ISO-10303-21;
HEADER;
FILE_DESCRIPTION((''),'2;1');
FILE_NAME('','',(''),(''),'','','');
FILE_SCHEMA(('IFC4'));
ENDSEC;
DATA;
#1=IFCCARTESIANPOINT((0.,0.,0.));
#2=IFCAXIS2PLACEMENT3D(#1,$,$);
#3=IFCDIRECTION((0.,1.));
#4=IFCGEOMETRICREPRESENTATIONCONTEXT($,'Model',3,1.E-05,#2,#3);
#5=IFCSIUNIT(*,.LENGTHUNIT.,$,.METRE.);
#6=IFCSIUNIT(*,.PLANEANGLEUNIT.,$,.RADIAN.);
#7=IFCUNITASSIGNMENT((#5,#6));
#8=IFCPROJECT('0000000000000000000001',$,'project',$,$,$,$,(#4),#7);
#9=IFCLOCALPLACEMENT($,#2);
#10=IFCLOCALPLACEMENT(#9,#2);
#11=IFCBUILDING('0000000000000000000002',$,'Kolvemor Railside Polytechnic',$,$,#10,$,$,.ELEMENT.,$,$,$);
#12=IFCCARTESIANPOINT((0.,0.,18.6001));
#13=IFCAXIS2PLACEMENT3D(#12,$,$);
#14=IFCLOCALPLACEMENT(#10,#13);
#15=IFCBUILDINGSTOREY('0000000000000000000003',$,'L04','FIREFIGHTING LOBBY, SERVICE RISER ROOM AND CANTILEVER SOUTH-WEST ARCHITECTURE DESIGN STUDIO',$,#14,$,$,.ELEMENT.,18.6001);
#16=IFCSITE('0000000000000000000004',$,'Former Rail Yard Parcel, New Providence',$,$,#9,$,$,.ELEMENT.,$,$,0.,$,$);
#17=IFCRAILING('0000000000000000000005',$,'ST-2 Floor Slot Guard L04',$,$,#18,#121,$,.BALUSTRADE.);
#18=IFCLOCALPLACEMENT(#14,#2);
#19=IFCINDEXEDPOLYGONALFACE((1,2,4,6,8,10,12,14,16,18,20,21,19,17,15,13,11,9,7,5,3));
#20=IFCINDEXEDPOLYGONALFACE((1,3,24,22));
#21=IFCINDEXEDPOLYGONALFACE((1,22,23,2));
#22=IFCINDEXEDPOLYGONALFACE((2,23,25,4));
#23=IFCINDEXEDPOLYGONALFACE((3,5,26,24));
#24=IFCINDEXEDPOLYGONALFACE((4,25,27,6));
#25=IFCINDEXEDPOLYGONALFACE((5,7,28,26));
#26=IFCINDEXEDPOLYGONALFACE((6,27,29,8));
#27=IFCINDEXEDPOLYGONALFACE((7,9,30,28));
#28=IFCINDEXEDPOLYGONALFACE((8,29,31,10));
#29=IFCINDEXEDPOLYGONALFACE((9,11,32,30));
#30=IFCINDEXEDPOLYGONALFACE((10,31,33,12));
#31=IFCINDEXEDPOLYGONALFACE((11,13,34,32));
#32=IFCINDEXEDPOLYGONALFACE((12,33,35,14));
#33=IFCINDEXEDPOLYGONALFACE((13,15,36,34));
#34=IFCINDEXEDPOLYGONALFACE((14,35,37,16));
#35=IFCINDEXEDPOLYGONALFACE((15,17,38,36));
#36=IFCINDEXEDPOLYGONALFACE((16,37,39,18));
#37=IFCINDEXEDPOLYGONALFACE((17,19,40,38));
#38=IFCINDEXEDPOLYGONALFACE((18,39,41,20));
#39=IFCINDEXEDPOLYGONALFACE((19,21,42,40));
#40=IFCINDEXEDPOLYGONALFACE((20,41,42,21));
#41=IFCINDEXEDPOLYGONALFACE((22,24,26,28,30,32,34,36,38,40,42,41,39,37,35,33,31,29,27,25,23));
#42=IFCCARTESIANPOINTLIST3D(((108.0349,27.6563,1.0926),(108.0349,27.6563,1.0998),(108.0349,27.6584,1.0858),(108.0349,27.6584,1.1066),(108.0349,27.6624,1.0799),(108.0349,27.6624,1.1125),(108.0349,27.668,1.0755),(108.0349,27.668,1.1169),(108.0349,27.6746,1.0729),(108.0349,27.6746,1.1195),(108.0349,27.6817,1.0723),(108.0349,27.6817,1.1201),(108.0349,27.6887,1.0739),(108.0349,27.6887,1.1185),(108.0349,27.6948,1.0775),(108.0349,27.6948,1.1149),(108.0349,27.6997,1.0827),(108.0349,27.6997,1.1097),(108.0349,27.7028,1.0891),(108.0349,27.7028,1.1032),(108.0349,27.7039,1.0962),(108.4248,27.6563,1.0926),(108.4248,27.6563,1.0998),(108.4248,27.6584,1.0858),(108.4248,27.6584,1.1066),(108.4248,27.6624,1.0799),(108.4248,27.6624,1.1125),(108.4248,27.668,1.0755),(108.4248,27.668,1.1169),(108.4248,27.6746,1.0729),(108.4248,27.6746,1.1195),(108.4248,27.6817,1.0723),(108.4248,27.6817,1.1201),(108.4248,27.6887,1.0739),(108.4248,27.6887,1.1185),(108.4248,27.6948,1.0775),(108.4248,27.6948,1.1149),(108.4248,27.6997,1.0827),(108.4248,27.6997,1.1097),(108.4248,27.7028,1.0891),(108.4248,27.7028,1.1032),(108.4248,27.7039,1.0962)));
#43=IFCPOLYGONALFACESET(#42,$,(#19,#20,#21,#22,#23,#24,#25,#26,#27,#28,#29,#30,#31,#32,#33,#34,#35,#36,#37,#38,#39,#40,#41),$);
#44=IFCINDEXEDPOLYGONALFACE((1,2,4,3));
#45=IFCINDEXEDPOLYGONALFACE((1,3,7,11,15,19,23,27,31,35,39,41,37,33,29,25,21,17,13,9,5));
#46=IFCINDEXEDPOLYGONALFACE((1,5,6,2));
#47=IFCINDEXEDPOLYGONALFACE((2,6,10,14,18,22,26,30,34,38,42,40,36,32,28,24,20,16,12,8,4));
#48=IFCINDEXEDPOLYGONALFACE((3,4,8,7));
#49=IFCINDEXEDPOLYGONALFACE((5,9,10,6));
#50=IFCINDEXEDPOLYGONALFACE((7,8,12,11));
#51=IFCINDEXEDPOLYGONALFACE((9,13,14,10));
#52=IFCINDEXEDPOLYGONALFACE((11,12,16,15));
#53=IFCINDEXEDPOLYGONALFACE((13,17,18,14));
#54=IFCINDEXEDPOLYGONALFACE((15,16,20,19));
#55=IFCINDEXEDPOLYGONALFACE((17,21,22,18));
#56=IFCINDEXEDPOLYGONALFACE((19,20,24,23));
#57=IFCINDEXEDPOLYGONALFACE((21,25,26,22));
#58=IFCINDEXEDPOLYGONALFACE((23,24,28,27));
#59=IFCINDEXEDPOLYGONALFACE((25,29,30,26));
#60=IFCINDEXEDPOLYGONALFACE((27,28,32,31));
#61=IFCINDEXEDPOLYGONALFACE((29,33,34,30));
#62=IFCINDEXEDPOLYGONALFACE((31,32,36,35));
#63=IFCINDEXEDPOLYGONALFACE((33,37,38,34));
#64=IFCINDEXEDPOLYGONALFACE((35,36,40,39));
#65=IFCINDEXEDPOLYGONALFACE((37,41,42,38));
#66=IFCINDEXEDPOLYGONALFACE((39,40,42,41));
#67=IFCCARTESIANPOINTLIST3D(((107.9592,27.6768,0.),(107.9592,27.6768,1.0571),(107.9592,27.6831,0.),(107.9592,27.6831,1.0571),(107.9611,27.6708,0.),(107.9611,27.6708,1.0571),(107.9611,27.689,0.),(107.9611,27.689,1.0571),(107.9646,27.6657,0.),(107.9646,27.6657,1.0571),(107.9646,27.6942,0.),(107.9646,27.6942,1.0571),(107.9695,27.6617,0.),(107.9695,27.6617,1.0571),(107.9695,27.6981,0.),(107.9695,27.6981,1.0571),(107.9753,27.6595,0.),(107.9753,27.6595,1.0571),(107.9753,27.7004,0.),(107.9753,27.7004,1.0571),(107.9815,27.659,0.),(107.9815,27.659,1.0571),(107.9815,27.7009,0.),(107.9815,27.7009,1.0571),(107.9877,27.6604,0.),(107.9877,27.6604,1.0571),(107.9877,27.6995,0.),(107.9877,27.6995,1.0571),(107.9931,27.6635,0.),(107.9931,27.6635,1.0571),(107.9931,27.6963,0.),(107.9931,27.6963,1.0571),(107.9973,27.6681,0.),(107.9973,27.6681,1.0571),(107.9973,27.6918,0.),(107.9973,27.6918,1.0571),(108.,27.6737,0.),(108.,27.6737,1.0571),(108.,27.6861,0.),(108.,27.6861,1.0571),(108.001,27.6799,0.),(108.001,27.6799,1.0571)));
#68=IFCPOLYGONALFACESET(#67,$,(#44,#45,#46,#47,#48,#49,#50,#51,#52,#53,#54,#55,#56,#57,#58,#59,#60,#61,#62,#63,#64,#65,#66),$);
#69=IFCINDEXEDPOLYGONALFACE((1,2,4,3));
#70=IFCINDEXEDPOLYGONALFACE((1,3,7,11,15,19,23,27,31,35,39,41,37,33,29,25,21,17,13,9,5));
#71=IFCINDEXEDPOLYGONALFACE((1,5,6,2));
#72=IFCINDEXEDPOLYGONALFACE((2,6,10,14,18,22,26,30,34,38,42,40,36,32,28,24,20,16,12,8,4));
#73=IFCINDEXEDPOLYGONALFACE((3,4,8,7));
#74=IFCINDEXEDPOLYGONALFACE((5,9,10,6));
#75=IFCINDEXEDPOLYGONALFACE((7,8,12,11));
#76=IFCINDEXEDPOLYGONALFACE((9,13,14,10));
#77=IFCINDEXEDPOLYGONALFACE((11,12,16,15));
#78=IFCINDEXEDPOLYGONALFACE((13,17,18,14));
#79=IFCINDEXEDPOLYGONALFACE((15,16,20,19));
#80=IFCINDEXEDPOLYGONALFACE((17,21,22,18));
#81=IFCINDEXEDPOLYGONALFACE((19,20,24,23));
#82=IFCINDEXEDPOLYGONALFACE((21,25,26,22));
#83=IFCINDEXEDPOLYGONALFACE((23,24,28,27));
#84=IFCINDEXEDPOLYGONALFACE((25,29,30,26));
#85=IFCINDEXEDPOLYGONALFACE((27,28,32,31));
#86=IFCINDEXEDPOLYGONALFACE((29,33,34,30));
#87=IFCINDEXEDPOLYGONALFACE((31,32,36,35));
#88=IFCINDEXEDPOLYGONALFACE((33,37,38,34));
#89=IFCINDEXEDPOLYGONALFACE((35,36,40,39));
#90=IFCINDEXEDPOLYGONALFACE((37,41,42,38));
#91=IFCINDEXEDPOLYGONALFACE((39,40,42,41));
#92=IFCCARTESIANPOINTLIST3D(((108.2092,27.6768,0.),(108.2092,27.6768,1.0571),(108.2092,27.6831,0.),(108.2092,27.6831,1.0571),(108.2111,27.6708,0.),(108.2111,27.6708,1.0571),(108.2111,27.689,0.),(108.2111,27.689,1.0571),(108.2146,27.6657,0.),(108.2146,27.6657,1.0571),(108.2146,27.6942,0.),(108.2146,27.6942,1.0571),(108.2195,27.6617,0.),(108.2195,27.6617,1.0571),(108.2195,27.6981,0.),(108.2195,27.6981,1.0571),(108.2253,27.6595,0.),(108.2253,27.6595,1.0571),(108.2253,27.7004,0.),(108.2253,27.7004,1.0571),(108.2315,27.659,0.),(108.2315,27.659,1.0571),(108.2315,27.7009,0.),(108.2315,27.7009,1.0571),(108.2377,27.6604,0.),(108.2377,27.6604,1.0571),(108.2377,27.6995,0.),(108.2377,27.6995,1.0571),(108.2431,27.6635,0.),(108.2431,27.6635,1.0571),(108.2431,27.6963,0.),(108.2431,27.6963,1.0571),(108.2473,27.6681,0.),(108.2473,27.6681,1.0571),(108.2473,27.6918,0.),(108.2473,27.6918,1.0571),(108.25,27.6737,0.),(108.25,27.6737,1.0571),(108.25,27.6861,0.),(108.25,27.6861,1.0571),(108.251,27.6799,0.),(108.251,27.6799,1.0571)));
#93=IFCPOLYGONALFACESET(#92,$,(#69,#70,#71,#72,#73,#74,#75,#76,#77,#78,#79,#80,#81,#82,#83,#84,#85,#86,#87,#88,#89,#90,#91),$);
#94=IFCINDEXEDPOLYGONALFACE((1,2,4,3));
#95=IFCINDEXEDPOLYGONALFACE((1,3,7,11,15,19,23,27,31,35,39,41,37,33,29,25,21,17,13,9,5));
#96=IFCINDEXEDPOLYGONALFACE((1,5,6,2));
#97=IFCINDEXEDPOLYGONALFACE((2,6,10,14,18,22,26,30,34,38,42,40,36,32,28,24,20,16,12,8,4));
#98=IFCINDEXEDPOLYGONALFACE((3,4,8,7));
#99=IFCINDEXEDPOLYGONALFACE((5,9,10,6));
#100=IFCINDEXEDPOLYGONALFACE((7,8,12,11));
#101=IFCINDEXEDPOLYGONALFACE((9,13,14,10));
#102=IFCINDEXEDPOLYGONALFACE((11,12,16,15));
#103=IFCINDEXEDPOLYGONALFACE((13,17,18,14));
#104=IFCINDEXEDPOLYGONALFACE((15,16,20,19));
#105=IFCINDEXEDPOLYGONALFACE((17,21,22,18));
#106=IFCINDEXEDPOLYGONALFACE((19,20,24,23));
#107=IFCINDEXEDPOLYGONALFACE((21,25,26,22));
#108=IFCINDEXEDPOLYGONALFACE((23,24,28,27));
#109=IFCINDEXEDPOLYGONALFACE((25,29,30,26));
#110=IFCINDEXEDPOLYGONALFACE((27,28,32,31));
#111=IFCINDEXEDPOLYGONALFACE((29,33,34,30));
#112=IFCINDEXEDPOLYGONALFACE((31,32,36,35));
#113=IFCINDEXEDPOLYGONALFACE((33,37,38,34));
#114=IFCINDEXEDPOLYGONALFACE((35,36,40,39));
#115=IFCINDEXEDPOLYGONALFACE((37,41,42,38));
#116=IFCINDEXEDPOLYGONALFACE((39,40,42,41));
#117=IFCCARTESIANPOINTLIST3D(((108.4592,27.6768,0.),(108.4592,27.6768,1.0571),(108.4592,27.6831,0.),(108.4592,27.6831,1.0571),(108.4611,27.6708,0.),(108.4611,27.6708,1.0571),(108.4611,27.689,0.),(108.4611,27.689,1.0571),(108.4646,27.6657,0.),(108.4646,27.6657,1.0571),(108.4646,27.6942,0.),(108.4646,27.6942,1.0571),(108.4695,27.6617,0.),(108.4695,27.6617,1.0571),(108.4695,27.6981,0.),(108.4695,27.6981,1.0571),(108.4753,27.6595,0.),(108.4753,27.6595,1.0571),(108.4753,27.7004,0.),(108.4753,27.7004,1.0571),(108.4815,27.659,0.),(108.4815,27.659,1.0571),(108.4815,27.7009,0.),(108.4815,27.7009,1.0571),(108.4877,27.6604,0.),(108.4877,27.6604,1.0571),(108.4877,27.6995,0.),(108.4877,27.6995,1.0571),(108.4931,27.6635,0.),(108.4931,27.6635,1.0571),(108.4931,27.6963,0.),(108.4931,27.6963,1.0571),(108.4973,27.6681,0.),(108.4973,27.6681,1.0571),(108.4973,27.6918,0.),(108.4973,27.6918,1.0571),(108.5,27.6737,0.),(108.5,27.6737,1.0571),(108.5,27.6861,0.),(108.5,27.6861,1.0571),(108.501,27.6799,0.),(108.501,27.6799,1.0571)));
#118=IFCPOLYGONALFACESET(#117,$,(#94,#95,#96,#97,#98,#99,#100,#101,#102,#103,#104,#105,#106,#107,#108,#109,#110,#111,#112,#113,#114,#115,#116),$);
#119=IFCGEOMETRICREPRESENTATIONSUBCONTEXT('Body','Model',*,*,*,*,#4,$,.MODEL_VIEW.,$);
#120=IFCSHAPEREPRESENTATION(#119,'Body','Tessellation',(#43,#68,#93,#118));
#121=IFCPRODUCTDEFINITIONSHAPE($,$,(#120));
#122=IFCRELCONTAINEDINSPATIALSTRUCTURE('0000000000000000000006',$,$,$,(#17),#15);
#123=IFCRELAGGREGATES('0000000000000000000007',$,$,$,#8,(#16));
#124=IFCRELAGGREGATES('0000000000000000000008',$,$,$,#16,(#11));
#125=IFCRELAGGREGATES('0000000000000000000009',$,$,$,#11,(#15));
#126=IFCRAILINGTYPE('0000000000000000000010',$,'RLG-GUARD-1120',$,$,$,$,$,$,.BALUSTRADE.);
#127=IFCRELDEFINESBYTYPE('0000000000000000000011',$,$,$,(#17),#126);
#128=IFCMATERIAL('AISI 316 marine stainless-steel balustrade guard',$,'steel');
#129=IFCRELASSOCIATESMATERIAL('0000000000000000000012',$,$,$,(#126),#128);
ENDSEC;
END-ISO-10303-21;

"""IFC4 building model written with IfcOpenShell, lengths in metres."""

from ifc_helpers import new_model, si_unit, direction, frame, origin, origin_2d, place, context, subcontext, project, spatial, circle, extrude, material, type_object, element, save


model = new_model("IFC4")

# Units and contexts
model_context = context("Model", 3, precision=1e-05, world=origin(), true_north=direction((0.0, 1.0)))
body_context = subcontext(model_context, "Body", "Model", "MODEL_VIEW")
ifc_project = project(units=[si_unit("LENGTHUNIT", "METRE"), si_unit("PLANEANGLEUNIT", "RADIAN")], contexts=[model_context])

# Site, building, storey
site_placement = place(None, origin())
site = spatial("IfcSite", under=ifc_project, at=site_placement, Name="Former Rail Yard Parcel, New Providence", CompositionType="ELEMENT", RefElevation=0.0)
building_placement = place(site_placement, origin())
building = spatial("IfcBuilding", under=site, at=building_placement, Name="Kolvemor Railside Polytechnic", CompositionType="ELEMENT")
storey_placement = place(building_placement, frame((0.0, 0.0, 18.6001)))
storey = spatial("IfcBuildingStorey", under=building, at=storey_placement, Name="L04", Description="FIREFIGHTING LOBBY, SERVICE RISER ROOM AND CANTILEVER SOUTH-WEST ARCHITECTURE DESIGN STUDIO", CompositionType="ELEMENT", Elevation=18.6001)

# Railing
ifc_material_1 = material(Name="AISI 316 marine stainless-steel balustrade guard", Category="steel")
railing_type_1 = type_object("IfcRailingType", Name="RLG-GUARD-1120", PredefinedType="BALUSTRADE", material=ifc_material_1)
railing_1_placement = place(storey_placement, frame((107.98, 27.6799, 0.0)))
element("IfcRailing", 1, at=railing_1_placement, inside=storey, type_object=railing_type_1, Name="ST-2 Floor Slot Guard L04", PredefinedType="BALUSTRADE", context=body_context, shape_type="SweptSolid", body=[
    extrude(circle(Radius=0.0239, at=origin_2d()), frame((0.0549, 0.0, 1.0962), z_axis=(1.0, 0.0, 0.0), x_axis=(0.0, 1.0, 0.0)), (0.0, 0.0, 1.0), 0.3899),
    extrude(circle(Radius=0.021, at=origin_2d()), origin(), (0.0, 0.0, 1.0), 1.0571),
    extrude(circle(Radius=0.021, at=origin_2d()), frame((0.25, 0.0, 0.0)), (0.0, 0.0, 1.0), 1.0571),
    extrude(circle(Radius=0.021, at=origin_2d()), frame((0.5, 0.0, 0.0)), (0.0, 0.0, 1.0), 1.0571),
])

save(model, "model.ifc")
